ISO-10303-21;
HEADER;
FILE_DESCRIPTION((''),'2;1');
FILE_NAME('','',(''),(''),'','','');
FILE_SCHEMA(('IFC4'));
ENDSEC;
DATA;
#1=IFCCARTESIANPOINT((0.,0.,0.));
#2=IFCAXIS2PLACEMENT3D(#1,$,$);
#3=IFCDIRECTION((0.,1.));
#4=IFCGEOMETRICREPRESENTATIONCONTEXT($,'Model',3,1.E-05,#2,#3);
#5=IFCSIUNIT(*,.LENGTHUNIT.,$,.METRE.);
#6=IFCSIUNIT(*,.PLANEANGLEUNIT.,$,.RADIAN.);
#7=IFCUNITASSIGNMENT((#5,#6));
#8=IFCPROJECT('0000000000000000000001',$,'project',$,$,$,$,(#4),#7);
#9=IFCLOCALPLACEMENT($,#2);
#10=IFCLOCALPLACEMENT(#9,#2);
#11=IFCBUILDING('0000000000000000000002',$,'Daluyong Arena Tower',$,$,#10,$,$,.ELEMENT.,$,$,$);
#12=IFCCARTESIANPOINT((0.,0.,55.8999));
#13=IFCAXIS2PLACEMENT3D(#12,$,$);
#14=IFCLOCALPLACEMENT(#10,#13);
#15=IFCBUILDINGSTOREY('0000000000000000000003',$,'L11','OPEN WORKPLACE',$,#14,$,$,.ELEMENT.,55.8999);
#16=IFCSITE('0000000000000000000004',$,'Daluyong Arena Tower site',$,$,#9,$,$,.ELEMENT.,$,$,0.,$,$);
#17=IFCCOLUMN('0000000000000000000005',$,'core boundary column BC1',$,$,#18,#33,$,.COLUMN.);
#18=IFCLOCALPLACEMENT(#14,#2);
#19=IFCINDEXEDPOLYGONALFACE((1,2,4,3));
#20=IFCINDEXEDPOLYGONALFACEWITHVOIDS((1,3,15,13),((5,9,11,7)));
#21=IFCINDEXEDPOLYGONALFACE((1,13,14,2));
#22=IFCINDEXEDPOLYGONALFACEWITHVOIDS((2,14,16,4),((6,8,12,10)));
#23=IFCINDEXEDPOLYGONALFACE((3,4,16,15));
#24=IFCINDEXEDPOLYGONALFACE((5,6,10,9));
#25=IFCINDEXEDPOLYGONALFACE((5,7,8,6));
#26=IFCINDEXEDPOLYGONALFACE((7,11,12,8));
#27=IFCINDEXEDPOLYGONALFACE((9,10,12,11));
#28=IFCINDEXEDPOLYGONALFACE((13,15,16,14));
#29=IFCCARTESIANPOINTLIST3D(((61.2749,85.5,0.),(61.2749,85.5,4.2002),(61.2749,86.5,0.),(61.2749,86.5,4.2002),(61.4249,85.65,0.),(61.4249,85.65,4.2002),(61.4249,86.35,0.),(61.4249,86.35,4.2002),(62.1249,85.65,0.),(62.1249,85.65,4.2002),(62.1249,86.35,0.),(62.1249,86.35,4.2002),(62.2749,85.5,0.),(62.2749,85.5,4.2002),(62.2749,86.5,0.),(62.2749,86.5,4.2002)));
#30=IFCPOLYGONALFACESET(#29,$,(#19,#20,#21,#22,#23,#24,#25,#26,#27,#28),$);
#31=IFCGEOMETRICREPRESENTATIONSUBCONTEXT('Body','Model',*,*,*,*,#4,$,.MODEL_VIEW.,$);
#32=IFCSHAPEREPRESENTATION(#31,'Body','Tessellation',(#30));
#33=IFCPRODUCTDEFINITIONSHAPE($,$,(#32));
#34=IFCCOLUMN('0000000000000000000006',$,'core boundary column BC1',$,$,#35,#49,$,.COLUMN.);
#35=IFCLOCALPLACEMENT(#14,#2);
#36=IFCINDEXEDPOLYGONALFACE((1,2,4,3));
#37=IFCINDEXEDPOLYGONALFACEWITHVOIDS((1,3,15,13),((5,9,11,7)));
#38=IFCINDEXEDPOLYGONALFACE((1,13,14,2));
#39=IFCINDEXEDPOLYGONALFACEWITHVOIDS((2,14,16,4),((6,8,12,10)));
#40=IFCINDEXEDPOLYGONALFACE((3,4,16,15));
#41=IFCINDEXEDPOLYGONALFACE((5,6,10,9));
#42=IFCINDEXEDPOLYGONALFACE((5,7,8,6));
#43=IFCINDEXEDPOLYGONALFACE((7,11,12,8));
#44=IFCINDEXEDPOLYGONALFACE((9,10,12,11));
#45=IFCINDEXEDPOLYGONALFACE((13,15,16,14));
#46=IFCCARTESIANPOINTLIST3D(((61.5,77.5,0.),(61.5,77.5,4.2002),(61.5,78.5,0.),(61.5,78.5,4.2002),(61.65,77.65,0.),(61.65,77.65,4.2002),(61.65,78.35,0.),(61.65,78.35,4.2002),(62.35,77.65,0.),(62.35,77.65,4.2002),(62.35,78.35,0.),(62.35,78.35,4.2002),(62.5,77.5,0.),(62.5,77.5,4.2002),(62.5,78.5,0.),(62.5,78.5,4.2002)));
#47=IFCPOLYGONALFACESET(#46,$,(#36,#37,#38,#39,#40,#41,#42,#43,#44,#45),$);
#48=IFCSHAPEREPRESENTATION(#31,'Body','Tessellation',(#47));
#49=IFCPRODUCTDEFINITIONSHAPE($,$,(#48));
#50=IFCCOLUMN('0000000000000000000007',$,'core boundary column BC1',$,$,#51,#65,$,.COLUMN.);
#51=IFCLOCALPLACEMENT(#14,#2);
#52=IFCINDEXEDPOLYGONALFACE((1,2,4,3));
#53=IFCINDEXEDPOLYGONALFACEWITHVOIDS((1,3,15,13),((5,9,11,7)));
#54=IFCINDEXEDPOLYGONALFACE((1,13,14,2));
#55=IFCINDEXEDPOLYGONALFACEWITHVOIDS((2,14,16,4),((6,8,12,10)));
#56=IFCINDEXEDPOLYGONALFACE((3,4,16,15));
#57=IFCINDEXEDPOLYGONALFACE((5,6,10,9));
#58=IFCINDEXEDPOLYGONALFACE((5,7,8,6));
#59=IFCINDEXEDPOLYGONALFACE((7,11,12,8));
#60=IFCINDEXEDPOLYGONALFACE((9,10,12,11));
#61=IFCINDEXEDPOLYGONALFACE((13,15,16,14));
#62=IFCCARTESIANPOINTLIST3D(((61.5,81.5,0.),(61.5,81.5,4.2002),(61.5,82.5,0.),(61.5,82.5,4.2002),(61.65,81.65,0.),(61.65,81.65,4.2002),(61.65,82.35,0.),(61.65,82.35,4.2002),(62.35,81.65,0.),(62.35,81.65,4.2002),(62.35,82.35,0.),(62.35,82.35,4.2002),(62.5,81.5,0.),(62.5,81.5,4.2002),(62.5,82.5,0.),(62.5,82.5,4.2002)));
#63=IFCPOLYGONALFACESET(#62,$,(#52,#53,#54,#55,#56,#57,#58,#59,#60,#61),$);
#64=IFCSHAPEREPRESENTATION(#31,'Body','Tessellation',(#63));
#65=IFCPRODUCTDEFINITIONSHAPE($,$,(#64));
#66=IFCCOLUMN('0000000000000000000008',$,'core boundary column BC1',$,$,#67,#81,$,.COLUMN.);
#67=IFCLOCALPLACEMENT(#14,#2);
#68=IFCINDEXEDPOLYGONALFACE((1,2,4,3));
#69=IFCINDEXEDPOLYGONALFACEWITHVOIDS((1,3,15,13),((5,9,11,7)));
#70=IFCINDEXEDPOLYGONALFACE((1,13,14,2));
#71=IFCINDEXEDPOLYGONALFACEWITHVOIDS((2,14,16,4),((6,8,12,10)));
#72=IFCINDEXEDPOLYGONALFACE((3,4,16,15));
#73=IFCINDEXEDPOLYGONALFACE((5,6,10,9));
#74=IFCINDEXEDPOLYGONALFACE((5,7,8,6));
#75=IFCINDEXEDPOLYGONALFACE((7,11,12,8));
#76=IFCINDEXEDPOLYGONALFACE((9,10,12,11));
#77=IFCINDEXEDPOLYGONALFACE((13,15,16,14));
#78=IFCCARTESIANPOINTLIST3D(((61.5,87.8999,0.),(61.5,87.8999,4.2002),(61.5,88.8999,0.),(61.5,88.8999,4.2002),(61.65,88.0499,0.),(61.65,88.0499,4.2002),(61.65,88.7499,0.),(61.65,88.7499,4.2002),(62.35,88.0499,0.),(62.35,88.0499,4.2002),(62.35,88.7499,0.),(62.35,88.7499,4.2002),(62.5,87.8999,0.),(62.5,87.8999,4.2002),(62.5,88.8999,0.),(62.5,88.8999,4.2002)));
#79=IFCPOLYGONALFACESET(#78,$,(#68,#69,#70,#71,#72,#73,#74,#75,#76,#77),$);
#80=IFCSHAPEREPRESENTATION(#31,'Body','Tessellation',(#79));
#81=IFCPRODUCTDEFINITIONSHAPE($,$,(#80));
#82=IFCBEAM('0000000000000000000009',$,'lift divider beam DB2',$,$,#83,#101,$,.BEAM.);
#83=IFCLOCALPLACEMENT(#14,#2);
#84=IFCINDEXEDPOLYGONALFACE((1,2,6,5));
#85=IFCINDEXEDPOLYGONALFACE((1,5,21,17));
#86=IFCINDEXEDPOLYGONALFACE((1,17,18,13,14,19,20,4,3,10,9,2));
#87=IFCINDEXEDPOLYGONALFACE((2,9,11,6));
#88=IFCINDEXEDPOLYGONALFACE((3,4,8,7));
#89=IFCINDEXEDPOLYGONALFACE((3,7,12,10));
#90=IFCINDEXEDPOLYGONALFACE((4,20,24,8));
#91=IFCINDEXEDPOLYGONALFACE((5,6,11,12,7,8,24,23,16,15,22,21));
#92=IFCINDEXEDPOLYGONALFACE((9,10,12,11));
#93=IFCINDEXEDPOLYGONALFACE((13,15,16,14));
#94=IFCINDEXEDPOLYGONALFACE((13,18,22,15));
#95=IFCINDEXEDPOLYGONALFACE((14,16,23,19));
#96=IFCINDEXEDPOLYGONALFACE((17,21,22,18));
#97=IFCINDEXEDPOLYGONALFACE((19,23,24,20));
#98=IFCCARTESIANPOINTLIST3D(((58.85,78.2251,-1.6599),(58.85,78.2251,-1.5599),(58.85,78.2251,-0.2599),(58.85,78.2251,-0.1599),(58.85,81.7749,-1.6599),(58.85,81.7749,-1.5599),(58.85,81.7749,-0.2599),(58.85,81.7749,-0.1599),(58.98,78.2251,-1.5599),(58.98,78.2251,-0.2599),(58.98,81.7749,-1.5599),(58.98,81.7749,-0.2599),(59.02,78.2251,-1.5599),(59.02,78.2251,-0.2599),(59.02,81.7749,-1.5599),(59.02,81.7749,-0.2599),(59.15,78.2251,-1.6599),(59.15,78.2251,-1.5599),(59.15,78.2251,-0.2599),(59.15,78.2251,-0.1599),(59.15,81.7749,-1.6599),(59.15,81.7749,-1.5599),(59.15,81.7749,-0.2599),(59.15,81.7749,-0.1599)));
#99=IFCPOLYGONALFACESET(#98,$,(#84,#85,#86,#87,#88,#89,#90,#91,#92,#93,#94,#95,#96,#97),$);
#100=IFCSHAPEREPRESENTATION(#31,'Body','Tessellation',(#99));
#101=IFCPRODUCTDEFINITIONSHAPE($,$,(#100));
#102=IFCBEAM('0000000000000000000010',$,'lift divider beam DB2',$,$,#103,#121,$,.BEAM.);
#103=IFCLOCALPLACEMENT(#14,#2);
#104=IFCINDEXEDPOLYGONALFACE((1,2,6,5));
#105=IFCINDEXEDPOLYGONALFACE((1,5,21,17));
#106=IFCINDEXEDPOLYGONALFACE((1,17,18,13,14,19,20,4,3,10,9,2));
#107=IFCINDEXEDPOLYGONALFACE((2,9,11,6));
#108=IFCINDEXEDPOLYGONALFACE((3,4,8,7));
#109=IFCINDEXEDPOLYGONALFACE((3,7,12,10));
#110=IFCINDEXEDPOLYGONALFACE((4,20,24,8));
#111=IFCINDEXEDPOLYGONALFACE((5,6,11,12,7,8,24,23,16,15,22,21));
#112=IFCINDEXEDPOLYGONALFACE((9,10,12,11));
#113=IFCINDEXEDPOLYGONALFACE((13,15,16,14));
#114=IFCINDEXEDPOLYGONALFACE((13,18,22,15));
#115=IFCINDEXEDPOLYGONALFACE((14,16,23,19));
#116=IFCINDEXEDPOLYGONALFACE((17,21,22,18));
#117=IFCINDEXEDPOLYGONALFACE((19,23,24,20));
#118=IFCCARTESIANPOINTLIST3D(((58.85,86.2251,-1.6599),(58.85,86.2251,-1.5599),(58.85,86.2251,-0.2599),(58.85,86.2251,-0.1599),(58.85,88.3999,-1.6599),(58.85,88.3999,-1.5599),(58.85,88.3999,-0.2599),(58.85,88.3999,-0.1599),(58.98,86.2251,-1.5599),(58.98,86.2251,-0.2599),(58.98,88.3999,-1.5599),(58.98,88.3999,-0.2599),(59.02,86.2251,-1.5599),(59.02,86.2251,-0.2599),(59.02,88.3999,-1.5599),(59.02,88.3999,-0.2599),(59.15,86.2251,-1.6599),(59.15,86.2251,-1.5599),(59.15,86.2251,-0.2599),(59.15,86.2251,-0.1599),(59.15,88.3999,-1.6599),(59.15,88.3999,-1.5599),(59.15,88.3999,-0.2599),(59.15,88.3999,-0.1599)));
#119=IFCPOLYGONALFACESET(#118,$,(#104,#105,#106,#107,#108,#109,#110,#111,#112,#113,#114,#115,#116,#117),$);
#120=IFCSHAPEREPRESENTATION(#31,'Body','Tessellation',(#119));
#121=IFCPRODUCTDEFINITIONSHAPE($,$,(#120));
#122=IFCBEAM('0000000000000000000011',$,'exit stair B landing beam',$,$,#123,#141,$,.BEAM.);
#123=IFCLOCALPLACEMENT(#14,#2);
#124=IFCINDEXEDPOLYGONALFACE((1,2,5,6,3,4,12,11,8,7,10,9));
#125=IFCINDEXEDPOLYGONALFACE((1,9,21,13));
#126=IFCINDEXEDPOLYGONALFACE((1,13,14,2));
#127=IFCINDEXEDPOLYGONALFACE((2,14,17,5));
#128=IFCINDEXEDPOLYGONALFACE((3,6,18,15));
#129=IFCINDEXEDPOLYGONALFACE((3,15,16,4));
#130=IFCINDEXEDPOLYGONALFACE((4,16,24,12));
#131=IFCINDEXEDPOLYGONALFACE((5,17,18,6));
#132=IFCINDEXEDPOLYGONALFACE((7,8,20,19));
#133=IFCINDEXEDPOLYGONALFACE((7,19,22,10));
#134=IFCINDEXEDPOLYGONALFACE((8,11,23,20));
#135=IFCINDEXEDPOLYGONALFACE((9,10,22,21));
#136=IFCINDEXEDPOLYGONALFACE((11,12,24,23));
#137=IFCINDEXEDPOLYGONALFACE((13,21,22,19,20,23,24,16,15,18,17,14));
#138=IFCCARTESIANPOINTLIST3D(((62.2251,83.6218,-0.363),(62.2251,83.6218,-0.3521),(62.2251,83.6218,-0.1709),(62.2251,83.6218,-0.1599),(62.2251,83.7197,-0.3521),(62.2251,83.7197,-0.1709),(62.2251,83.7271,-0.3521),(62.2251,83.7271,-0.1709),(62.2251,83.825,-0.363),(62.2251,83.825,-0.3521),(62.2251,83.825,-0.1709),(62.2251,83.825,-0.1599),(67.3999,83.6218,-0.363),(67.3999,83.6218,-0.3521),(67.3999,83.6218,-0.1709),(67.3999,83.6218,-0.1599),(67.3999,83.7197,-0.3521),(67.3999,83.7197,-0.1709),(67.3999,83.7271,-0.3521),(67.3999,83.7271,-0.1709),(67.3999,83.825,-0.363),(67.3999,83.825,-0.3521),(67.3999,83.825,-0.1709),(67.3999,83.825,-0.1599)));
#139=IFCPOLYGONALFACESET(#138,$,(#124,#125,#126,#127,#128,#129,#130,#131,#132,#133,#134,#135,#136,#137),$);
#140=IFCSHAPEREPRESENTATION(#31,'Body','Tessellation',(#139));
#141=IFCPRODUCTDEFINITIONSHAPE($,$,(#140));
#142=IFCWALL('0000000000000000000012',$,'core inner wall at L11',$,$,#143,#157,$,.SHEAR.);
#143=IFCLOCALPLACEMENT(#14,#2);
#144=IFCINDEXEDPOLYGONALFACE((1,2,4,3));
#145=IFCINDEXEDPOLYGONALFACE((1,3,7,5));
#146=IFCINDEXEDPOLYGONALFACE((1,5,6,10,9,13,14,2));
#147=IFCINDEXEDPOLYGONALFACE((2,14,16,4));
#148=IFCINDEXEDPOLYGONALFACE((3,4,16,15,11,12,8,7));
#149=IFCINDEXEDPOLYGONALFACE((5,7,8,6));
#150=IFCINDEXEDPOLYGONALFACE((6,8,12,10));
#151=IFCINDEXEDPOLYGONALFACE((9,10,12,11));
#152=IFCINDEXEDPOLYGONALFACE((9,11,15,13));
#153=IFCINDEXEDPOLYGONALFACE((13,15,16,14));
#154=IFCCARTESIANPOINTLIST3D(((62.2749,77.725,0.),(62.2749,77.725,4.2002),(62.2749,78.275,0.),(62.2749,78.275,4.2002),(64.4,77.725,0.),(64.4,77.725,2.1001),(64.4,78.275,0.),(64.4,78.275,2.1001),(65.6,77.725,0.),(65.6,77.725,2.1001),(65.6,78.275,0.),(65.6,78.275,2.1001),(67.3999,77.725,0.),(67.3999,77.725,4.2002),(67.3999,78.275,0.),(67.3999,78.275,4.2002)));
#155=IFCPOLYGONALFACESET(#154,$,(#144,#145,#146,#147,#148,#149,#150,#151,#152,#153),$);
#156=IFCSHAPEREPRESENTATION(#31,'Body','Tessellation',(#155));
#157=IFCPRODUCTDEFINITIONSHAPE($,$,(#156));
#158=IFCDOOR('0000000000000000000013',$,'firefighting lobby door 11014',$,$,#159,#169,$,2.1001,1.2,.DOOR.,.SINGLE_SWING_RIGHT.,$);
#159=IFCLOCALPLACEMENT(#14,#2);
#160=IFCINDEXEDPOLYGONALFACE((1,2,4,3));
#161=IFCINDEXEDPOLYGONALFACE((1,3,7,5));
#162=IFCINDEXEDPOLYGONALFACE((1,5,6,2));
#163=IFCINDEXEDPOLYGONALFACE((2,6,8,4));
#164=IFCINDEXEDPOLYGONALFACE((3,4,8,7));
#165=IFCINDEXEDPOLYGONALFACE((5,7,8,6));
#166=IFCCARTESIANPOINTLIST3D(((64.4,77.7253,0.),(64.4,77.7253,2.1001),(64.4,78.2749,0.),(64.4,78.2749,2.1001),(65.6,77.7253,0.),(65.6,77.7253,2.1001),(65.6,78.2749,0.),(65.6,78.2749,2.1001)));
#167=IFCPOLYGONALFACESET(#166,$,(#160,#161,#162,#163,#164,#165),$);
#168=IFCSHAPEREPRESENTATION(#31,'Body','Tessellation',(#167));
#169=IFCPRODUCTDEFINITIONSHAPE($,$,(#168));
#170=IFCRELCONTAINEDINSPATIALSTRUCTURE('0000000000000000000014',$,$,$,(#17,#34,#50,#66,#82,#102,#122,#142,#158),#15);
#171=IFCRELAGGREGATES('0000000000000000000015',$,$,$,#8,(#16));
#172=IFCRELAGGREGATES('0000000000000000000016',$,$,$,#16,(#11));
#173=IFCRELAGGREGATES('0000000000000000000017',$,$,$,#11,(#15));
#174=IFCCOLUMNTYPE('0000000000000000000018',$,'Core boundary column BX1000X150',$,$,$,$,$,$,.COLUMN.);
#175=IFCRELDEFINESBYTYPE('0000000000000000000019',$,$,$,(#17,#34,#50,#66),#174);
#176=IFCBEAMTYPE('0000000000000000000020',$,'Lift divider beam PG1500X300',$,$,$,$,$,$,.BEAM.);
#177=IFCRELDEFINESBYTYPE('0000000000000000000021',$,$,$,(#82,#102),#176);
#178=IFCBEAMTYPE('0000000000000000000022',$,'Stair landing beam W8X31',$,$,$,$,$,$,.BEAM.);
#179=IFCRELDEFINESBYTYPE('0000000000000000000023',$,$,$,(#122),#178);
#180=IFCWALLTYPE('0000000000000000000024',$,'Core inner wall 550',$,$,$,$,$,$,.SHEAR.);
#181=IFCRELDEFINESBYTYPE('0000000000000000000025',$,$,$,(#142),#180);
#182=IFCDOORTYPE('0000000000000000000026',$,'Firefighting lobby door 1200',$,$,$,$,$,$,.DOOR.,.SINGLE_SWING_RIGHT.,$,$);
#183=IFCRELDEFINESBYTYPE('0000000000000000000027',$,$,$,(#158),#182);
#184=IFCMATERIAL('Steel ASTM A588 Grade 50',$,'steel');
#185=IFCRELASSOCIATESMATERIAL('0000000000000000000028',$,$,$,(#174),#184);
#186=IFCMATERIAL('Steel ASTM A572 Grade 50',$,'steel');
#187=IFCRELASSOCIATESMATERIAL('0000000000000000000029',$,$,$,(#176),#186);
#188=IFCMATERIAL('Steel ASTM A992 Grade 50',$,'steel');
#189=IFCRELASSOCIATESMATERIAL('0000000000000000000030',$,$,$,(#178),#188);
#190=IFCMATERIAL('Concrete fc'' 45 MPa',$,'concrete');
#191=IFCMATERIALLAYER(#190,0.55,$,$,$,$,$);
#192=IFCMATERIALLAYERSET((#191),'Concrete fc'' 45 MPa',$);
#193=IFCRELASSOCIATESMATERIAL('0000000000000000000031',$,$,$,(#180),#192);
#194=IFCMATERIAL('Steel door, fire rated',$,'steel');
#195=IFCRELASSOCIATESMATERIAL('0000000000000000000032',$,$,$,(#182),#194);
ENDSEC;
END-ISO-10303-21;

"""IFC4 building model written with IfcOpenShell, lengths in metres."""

from ifc_helpers import new_model, si_unit, direction, frame, frame_2d, origin, origin_2d, place, context, subcontext, project, spatial, rectangle, hollow_rectangle, i_section, extrude, material, layer, layer_set, material_profile, profile_set, type_object, element, fill, save


model = new_model("IFC4")

# Units and contexts
model_context = context("Model", 3, precision=1e-05, world=origin(), true_north=direction((0.0, 1.0)))
body_context = subcontext(model_context, "Body", "Model", "MODEL_VIEW")
ifc_project = project(units=[si_unit("LENGTHUNIT", "METRE"), si_unit("PLANEANGLEUNIT", "RADIAN")], contexts=[model_context])

# Site, building, storey
site_placement = place(None, origin())
site = spatial("IfcSite", under=ifc_project, at=site_placement, Name="Daluyong Arena Tower site", CompositionType="ELEMENT", RefElevation=0.0)
building_placement = place(site_placement, origin())
building = spatial("IfcBuilding", under=site, at=building_placement, Name="Daluyong Arena Tower", CompositionType="ELEMENT")
storey_placement = place(building_placement, frame((0.0, 0.0, 55.8999)))
storey = spatial("IfcBuildingStorey", under=building, at=storey_placement, Name="L11", Description="OPEN WORKPLACE", CompositionType="ELEMENT", Elevation=55.8999)

# Columns
ifc_material_1 = material(Name="Steel ASTM A588 Grade 50", Category="steel")
ifc_material_profile_1 = material_profile(ifc_material_1, hollow_rectangle(XDim=1.0, YDim=1.0, WallThickness=0.15, at=origin_2d()))
ifc_profile_set_1 = profile_set([ifc_material_profile_1], Name="Steel ASTM A588 Grade 50")
column_type = type_object("IfcColumnType", Name="Core boundary column BX1000X150", PredefinedType="COLUMN", material=ifc_profile_set_1)
for number, where, z_axis, x_axis, name in (
    (1, (61.7749, 86.0, 0.0), (0.0, 0.0, 1.0), (1.0, 0.0, 0.0), "core boundary column BC1"),
    (2, (62.0, 78.0, 0.0), (0.0, 0.0, 1.0), (1.0, 0.0, 0.0), "core boundary column BC1"),
    (3, (62.0, 82.0, 0.0), (0.0, 0.0, 1.0), (1.0, 0.0, 0.0), "core boundary column BC1"),
    (4, (62.0, 88.3999, 0.0), (0.0, 0.0, 1.0), (1.0, 0.0, 0.0), "core boundary column BC1"),
):
    element("IfcColumn", number, at=place(storey_placement, frame(where, z_axis=z_axis, x_axis=x_axis)), inside=storey, type_object=column_type, Name=name, PredefinedType="COLUMN", context=body_context, shape_type="SweptSolid", body=[
        extrude(hollow_rectangle(XDim=1.0, YDim=1.0, WallThickness=0.15, at=origin_2d()), origin(), (0.0, 0.0, 1.0), 4.2002),
    ])

# Beams
ifc_material_2 = material(Name="Steel ASTM A572 Grade 50", Category="steel")
ifc_material_profile_2 = material_profile(ifc_material_2, i_section(OverallWidth=0.3, OverallDepth=1.5, WebThickness=0.04, FlangeThickness=0.1, at=origin_2d()))
ifc_profile_set_2 = profile_set([ifc_material_profile_2], Name="Steel ASTM A572 Grade 50")
beam_type_1 = type_object("IfcBeamType", Name="Lift divider beam PG1500X300", PredefinedType="BEAM", material=ifc_profile_set_2)
beam_1_placement = place(storey_placement, frame((59.0, 78.2251, -0.9099), z_axis=(0.0, 1.0, 0.0), x_axis=(-1.0, 0.0, 0.0)))
element("IfcBeam", 5, at=beam_1_placement, inside=storey, type_object=beam_type_1, Name="lift divider beam DB2", PredefinedType="BEAM", context=body_context, shape_type="SweptSolid", body=[
    extrude(i_section(OverallWidth=0.3, OverallDepth=1.5, WebThickness=0.04, FlangeThickness=0.1, at=origin_2d()), origin(), (0.0, 0.0, 1.0), 3.5498),
])
beam_2_placement = place(storey_placement, frame((59.0, 86.2251, -0.9099), z_axis=(0.0, 1.0, 0.0), x_axis=(-1.0, 0.0, 0.0)))
element("IfcBeam", 6, at=beam_2_placement, inside=storey, type_object=beam_type_1, Name="lift divider beam DB2", PredefinedType="BEAM", context=body_context, shape_type="SweptSolid", body=[
    extrude(i_section(OverallWidth=0.3, OverallDepth=1.5, WebThickness=0.04, FlangeThickness=0.1, at=origin_2d()), origin(), (0.0, 0.0, 1.0), 2.1748),
])
ifc_material_3 = material(Name="Steel ASTM A992 Grade 50", Category="steel")
ifc_material_profile_3 = material_profile(ifc_material_3, i_section(OverallWidth=0.2031, OverallDepth=0.2031, WebThickness=0.0073, FlangeThickness=0.011, at=origin_2d()))
ifc_profile_set_3 = profile_set([ifc_material_profile_3], Name="Steel ASTM A992 Grade 50")
beam_type_2 = type_object("IfcBeamType", Name="Stair landing beam W8X31", PredefinedType="BEAM", material=ifc_profile_set_3)
beam_3_placement = place(storey_placement, frame((62.2251, 83.7234, -0.2615), z_axis=(1.0, 0.0, 0.0), x_axis=(0.0, 1.0, 0.0)))
element("IfcBeam", 7, at=beam_3_placement, inside=storey, type_object=beam_type_2, Name="exit stair B landing beam", PredefinedType="BEAM", context=body_context, shape_type="SweptSolid", body=[
    extrude(i_section(OverallWidth=0.2031, OverallDepth=0.2031, WebThickness=0.0073, FlangeThickness=0.011, at=origin_2d()), origin(), (0.0, 0.0, 1.0), 5.1748),
])

# Wall, opening, door
ifc_material_4 = material(Name="Concrete fc' 45 MPa", Category="concrete")
ifc_layer_1 = layer(ifc_material_4, 0.55)
ifc_layer_set_1 = layer_set([ifc_layer_1], Name="Concrete fc' 45 MPa")
wall_type_1 = type_object("IfcWallType", Name="Core inner wall 550", PredefinedType="SHEAR", material=ifc_layer_set_1)
wall_1_placement = place(storey_placement, frame((62.2749, 78.0, 0.0), z_axis=(0.0, 0.0, 1.0), x_axis=(1.0, 0.0, 0.0)))
wall_1 = element("IfcWall", 8, at=wall_1_placement, inside=storey, type_object=wall_type_1, Name="core inner wall at L11", PredefinedType="SHEAR", context=body_context, shape_type="SweptSolid", body=[
    extrude(rectangle(XDim=5.125, YDim=0.55, at=frame_2d((2.5625, 0.0))), origin(), (0.0, 0.0, 1.0), 4.2002),
])
opening_1_placement = place(wall_1_placement, frame((2.125, 0.0, 0.0)))
opening_1 = element("IfcOpeningElement", 9, at=opening_1_placement, cuts=wall_1, PredefinedType="OPENING", context=body_context, shape_type="SweptSolid", body=[
    extrude(rectangle(XDim=1.2, YDim=2.1001, at=frame_2d((0.6001, 1.05))), frame((0.0, 0.2849, 0.0), z_axis=(0.0, -1.0, 0.0), x_axis=(1.0, 0.0, 0.0)), (0.0, 0.0, 1.0), 0.5701),
])
ifc_material_5 = material(Name="Steel door, fire rated", Category="steel")
door_type_1 = type_object("IfcDoorType", Name="Firefighting lobby door 1200", OperationType="SINGLE_SWING_RIGHT", PredefinedType="DOOR", material=ifc_material_5)
door_1_placement = place(opening_1_placement, origin())
door_1 = element("IfcDoor", 10, at=door_1_placement, inside=storey, type_object=door_type_1, Name="firefighting lobby door 11014", OperationType="SINGLE_SWING_RIGHT", OverallHeight=2.1001, OverallWidth=1.2, PredefinedType="DOOR", context=body_context, shape_type="SweptSolid", body=[
    extrude(rectangle(XDim=1.2, YDim=2.1001, at=frame_2d((0.6001, 1.05))), frame((0.0, 0.2749, 0.0), z_axis=(0.0, -1.0, 0.0), x_axis=(1.0, 0.0, 0.0)), (0.0, 0.0, 1.0), 0.5496),
])
fill(opening_1, door_1)

save(model, "model.ifc")
